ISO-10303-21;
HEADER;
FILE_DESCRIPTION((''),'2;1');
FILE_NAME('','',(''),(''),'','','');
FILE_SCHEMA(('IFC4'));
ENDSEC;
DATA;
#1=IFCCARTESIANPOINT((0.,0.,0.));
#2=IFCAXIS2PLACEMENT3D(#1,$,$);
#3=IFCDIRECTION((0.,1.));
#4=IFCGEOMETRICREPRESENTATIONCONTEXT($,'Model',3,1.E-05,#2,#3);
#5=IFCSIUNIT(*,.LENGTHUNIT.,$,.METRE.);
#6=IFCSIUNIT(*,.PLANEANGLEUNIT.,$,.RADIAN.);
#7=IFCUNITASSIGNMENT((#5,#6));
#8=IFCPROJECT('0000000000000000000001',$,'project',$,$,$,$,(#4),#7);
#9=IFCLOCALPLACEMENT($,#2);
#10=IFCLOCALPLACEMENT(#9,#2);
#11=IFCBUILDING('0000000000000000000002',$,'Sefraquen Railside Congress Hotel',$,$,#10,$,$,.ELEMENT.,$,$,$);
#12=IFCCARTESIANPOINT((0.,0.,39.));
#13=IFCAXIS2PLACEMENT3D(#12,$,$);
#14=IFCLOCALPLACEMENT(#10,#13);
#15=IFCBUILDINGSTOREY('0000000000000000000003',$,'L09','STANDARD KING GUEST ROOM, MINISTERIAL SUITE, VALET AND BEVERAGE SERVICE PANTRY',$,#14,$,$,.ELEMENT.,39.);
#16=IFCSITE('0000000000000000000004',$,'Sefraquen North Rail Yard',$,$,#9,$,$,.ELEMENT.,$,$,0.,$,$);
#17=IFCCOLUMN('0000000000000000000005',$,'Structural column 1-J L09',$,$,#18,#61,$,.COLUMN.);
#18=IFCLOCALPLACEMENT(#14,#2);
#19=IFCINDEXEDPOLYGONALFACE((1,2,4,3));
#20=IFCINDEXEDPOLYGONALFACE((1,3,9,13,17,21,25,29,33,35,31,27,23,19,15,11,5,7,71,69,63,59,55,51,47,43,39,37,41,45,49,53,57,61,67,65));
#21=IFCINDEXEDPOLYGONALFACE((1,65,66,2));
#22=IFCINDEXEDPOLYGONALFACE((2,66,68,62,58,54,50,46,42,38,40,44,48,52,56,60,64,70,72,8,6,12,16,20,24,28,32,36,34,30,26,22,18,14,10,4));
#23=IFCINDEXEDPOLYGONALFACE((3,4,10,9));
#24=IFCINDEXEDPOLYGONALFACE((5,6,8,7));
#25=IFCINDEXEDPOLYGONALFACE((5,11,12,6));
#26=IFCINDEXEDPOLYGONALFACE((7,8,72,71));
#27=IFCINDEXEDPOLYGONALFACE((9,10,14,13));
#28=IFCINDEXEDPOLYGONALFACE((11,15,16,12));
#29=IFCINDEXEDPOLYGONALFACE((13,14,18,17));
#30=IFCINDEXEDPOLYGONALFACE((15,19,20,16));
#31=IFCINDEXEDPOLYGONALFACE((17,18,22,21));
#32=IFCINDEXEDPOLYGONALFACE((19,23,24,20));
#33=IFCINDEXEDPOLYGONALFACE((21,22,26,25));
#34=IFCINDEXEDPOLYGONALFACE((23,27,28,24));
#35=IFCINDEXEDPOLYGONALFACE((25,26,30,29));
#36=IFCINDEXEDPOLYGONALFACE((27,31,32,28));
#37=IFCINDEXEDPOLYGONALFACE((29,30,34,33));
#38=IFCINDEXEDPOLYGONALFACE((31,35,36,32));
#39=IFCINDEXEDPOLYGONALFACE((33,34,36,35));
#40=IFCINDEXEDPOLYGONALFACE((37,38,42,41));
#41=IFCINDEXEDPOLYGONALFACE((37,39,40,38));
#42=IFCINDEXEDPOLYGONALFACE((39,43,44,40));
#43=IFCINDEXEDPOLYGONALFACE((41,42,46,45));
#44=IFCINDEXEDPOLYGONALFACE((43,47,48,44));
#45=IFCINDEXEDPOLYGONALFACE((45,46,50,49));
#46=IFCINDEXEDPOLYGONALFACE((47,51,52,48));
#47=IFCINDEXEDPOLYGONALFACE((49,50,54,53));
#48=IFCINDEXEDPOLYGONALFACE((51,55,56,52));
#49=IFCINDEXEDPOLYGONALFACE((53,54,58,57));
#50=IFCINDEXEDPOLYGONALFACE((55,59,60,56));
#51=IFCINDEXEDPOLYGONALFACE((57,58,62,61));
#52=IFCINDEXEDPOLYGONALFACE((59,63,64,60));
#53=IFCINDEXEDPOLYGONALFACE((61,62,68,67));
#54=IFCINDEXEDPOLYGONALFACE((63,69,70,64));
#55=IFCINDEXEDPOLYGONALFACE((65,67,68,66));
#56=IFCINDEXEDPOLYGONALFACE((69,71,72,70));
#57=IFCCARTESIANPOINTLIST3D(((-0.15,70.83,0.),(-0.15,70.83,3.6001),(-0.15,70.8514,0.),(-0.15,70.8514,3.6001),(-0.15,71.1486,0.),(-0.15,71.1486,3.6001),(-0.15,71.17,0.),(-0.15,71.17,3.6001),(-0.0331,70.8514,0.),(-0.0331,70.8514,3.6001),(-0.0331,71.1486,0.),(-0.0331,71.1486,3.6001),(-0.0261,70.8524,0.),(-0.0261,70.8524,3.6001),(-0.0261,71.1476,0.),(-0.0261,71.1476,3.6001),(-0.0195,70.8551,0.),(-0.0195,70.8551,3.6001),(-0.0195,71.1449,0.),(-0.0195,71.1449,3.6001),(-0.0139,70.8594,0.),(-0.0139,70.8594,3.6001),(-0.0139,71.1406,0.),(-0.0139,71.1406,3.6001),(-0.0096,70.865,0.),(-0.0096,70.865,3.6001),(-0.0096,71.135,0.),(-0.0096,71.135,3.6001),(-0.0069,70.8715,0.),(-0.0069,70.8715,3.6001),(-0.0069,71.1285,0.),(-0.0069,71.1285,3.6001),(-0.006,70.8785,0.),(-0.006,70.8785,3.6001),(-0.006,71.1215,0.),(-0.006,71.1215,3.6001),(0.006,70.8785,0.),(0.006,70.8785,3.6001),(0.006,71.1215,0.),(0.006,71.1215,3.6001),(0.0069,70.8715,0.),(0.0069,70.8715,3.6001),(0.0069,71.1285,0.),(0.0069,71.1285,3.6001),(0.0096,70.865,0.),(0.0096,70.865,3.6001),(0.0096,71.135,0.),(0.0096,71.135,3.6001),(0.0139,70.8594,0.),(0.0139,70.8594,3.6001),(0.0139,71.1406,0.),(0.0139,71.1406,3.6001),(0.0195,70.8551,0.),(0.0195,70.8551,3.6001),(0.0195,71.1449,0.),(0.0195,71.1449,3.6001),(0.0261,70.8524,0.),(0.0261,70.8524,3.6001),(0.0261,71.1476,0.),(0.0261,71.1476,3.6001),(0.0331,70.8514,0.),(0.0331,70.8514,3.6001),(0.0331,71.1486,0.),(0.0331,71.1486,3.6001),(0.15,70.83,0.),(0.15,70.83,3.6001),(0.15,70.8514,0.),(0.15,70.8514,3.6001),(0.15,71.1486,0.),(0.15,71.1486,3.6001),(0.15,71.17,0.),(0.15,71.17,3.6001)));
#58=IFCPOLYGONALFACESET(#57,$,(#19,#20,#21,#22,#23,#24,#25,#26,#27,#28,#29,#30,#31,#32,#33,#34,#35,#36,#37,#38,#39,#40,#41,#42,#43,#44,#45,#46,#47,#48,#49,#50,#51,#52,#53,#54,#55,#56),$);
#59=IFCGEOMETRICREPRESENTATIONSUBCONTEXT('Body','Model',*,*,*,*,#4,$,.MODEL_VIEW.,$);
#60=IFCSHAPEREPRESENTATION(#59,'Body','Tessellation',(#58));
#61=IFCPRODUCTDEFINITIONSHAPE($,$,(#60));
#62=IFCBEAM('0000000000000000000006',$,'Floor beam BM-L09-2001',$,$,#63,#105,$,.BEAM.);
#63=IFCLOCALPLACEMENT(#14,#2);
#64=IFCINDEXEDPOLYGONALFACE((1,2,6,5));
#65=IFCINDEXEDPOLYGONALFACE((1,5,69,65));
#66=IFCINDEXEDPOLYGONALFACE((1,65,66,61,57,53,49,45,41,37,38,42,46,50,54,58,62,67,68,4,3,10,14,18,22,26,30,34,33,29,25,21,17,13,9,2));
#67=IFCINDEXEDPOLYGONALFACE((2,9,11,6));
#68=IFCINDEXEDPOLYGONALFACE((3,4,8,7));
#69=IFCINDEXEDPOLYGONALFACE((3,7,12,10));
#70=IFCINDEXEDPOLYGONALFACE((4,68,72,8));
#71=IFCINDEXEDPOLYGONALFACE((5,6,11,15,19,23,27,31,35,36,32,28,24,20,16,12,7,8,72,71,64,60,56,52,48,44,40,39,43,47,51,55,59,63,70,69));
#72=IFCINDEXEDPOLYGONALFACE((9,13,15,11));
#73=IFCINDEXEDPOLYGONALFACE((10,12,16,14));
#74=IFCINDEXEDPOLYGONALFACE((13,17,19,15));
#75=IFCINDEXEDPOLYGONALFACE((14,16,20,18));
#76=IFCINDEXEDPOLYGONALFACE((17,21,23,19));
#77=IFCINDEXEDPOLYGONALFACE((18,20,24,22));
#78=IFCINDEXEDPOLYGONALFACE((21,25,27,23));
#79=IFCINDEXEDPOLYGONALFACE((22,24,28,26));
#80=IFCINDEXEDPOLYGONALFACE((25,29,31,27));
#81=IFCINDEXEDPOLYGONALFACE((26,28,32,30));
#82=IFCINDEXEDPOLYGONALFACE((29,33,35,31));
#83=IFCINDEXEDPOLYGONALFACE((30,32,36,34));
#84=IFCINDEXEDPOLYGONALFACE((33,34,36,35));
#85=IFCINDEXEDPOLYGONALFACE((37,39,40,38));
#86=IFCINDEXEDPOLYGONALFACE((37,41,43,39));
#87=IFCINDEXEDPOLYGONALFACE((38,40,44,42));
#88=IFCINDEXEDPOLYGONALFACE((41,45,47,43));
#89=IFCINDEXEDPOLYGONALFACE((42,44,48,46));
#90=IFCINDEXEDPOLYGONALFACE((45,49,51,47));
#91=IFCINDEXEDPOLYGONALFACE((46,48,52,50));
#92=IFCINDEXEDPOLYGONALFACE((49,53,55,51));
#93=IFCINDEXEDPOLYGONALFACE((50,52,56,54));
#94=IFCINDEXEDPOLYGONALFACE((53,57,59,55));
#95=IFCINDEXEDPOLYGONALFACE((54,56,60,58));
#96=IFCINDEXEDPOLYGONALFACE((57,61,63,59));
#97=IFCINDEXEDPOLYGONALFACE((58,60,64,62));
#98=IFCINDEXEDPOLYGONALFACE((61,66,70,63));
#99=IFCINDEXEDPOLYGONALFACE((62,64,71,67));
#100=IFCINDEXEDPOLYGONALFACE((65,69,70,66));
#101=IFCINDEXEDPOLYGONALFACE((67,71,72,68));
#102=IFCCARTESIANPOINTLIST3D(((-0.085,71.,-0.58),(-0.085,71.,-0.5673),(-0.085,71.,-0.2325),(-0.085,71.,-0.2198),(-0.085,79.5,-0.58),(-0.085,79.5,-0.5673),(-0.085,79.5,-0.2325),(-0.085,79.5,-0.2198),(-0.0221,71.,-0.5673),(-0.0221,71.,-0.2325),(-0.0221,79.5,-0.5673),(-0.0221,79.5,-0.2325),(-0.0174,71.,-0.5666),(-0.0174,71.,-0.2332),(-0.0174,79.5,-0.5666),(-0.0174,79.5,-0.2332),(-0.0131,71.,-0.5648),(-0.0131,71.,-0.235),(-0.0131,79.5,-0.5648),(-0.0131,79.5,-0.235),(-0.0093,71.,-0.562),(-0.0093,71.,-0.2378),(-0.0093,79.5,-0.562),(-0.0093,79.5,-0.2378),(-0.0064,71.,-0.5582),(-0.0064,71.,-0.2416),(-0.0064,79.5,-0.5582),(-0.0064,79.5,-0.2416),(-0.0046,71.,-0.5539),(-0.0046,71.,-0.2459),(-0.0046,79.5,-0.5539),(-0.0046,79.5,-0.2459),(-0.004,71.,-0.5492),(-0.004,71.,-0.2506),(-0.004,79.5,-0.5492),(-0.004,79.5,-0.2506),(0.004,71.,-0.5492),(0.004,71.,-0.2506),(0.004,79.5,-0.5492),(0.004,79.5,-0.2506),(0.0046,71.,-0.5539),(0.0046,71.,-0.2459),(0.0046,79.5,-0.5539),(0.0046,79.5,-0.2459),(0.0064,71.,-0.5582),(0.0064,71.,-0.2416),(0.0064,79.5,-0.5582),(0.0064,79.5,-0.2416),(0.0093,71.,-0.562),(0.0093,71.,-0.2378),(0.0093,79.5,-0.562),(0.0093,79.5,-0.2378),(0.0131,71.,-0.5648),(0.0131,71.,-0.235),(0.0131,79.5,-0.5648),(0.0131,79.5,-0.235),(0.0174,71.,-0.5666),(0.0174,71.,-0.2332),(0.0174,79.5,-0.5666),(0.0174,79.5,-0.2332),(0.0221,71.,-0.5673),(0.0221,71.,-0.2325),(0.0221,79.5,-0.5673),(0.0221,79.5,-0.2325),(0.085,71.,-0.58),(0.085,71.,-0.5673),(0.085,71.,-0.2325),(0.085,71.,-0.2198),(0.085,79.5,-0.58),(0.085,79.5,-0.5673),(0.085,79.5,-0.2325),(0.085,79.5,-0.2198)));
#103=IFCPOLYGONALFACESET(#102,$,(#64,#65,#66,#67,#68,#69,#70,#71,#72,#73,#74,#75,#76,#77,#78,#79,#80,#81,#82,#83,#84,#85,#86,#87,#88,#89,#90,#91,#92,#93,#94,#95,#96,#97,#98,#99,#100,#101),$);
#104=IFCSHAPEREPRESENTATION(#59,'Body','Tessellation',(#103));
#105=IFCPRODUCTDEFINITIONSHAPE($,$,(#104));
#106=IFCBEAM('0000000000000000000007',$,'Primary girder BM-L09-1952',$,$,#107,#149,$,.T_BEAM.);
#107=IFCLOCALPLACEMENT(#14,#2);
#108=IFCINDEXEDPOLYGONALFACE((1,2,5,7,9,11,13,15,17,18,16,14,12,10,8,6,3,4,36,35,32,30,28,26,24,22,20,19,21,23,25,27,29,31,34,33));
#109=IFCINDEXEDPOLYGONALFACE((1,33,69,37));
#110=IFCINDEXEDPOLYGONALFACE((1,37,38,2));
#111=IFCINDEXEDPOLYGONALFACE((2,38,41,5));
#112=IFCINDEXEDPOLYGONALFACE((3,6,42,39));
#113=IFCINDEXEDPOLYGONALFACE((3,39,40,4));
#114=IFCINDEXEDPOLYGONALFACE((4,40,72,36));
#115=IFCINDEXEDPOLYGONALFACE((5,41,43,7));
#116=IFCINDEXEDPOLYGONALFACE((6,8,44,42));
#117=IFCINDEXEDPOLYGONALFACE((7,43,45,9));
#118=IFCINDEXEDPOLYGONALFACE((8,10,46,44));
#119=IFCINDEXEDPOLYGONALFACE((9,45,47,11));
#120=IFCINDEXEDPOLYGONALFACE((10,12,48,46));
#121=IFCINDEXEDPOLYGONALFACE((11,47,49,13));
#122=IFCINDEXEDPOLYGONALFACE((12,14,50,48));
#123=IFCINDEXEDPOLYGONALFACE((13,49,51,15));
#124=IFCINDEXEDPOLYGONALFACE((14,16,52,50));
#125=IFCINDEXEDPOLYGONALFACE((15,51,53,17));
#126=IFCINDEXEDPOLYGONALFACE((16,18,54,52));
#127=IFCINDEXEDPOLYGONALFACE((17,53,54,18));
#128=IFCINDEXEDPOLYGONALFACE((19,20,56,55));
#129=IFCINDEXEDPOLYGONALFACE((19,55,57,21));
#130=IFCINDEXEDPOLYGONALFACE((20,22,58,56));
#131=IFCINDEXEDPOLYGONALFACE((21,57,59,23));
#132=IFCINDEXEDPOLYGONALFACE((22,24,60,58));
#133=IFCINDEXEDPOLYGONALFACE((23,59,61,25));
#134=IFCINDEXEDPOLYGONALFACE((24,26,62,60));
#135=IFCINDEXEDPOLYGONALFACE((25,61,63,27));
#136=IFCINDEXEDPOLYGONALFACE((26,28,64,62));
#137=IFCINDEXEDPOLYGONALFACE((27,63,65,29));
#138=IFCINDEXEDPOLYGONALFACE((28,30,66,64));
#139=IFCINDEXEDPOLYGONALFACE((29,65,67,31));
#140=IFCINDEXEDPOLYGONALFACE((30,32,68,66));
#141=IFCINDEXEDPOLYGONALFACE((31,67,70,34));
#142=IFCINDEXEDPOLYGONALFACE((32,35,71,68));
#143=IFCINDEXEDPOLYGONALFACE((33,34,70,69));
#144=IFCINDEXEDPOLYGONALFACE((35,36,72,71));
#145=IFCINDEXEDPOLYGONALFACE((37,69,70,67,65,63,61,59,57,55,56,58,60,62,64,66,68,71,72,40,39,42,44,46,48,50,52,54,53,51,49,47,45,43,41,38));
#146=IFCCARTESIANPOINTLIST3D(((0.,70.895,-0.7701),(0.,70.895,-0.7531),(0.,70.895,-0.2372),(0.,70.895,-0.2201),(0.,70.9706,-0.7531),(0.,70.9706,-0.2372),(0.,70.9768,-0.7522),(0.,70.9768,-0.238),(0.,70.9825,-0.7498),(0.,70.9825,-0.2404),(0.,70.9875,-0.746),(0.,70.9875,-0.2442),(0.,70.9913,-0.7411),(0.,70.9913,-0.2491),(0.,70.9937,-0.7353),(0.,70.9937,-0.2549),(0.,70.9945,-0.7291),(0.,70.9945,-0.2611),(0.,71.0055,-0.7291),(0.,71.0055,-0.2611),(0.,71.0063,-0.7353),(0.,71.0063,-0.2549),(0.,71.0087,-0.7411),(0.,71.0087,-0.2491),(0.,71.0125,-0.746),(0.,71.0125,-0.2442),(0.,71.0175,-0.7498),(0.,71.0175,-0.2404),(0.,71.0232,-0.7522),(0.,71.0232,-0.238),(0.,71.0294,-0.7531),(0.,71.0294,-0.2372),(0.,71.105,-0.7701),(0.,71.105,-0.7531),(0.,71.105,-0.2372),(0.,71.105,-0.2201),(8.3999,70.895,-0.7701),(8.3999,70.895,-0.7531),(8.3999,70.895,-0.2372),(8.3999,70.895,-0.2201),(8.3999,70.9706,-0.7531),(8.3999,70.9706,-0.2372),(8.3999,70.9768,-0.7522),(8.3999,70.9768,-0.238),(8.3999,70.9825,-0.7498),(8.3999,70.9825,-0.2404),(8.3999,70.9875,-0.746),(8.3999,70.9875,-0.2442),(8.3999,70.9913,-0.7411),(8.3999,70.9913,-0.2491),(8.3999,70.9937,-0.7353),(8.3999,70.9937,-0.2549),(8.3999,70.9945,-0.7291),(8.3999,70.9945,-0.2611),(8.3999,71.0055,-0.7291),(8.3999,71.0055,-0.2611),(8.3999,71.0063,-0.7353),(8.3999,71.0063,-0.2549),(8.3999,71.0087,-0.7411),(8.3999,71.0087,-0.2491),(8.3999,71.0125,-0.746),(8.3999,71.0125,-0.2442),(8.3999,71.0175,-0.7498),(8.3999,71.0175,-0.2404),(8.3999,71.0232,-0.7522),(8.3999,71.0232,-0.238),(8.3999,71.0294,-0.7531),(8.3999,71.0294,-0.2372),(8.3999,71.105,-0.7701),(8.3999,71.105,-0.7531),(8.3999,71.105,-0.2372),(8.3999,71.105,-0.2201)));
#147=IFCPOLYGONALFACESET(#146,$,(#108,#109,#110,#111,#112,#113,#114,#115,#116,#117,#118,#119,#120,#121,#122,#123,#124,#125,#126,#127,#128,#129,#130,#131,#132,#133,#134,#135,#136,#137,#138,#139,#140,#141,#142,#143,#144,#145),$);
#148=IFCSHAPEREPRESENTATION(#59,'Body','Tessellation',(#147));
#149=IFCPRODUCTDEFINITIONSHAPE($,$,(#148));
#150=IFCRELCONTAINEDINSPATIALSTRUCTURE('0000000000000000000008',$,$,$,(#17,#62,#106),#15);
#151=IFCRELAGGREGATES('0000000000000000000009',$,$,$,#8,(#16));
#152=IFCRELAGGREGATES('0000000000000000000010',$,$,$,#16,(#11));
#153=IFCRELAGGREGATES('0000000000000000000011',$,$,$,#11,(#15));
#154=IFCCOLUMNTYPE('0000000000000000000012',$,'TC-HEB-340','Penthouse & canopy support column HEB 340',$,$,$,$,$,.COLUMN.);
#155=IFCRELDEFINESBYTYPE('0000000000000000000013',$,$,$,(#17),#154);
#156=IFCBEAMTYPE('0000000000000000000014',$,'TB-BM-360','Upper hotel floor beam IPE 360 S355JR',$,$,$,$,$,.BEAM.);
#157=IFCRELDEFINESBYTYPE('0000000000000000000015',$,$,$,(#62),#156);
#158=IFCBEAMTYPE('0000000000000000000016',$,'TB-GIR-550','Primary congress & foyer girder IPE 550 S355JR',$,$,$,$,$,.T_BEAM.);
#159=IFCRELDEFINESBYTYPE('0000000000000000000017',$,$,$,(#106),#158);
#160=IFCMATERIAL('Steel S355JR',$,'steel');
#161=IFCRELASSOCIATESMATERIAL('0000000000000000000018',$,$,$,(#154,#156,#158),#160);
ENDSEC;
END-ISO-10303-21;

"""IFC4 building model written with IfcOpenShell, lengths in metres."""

from ifc_helpers import new_model, si_unit, direction, frame, origin, origin_2d, place, context, subcontext, project, spatial, i_section, extrude, material, material_profile, profile_set, type_object, element, save


model = new_model("IFC4")

# Units and contexts
model_context = context("Model", 3, precision=1e-05, world=origin(), true_north=direction((0.0, 1.0)))
body_context = subcontext(model_context, "Body", "Model", "MODEL_VIEW")
ifc_project = project(units=[si_unit("LENGTHUNIT", "METRE"), si_unit("PLANEANGLEUNIT", "RADIAN")], contexts=[model_context])

# Site, building, storey
site_placement = place(None, origin())
site = spatial("IfcSite", under=ifc_project, at=site_placement, Name="Sefraquen North Rail Yard", CompositionType="ELEMENT", RefElevation=0.0)
building_placement = place(site_placement, origin())
building = spatial("IfcBuilding", under=site, at=building_placement, Name="Sefraquen Railside Congress Hotel", CompositionType="ELEMENT")
storey_placement = place(building_placement, frame((0.0, 0.0, 39.0)))
storey = spatial("IfcBuildingStorey", under=building, at=storey_placement, Name="L09", Description="STANDARD KING GUEST ROOM, MINISTERIAL SUITE, VALET AND BEVERAGE SERVICE PANTRY", CompositionType="ELEMENT", Elevation=39.0)

# Column
ifc_material_1 = material(Name="Steel S355JR", Category="steel")
ifc_material_profile_1 = material_profile(ifc_material_1, i_section(OverallWidth=0.3, OverallDepth=0.3401, WebThickness=0.012, FlangeThickness=0.0215, FilletRadius=0.0271, at=origin_2d()), Name="HEB 340")
ifc_profile_set_1 = profile_set([ifc_material_profile_1], Name="Steel S355JR")
column_type = type_object("IfcColumnType", Name="TC-HEB-340", Description="Penthouse & canopy support column HEB 340", PredefinedType="COLUMN", material=ifc_profile_set_1)
column_placement = place(storey_placement, frame((0.0, 71.0, 0.0), z_axis=(0.0, 0.0, 1.0), x_axis=(1.0, 0.0, 0.0)))
element("IfcColumn", 1, at=column_placement, inside=storey, type_object=column_type, Name="Structural column 1-J L09", PredefinedType="COLUMN", context=body_context, shape_type="SweptSolid", body=[
    extrude(i_section(OverallWidth=0.3, OverallDepth=0.3401, WebThickness=0.012, FlangeThickness=0.0215, FilletRadius=0.0271, at=origin_2d()), origin(), (0.0, 0.0, 1.0), 3.6001),
])

# Beams
ifc_material_profile_2 = material_profile(ifc_material_1, i_section(OverallWidth=0.1699, OverallDepth=0.3601, WebThickness=0.0081, FlangeThickness=0.0127, FilletRadius=0.0181, at=origin_2d()), Name="IPE 360")
ifc_profile_set_2 = profile_set([ifc_material_profile_2], Name="Steel S355JR")
beam_type_1 = type_object("IfcBeamType", Name="TB-BM-360", Description="Upper hotel floor beam IPE 360 S355JR", PredefinedType="BEAM", material=ifc_profile_set_2)
beam_1_placement = place(storey_placement, frame((0.0, 71.0, -0.3999), z_axis=(0.0, 1.0, 0.0), x_axis=(-1.0, 0.0, 0.0)))
element("IfcBeam", 2, at=beam_1_placement, inside=storey, type_object=beam_type_1, Name="Floor beam BM-L09-2001", PredefinedType="BEAM", context=body_context, shape_type="SweptSolid", body=[
    extrude(i_section(OverallWidth=0.1699, OverallDepth=0.3601, WebThickness=0.0081, FlangeThickness=0.0127, FilletRadius=0.0181, at=origin_2d()), origin(), (0.0, 0.0, 1.0), 8.5),
])
ifc_material_profile_3 = material_profile(ifc_material_1, i_section(OverallWidth=0.21, OverallDepth=0.55, WebThickness=0.011, FlangeThickness=0.0171, FilletRadius=0.0239, at=origin_2d()), Name="IPE 550")
ifc_profile_set_3 = profile_set([ifc_material_profile_3], Name="Steel S355JR")
beam_type_2 = type_object("IfcBeamType", Name="TB-GIR-550", Description="Primary congress & foyer girder IPE 550 S355JR", PredefinedType="T_BEAM", material=ifc_profile_set_3)
beam_2_placement = place(storey_placement, frame((0.0, 71.0, -0.4951), z_axis=(1.0, 0.0, 0.0), x_axis=(0.0, 1.0, 0.0)))
element("IfcBeam", 3, at=beam_2_placement, inside=storey, type_object=beam_type_2, Name="Primary girder BM-L09-1952", PredefinedType="T_BEAM", context=body_context, shape_type="SweptSolid", body=[
    extrude(i_section(OverallWidth=0.21, OverallDepth=0.55, WebThickness=0.011, FlangeThickness=0.0171, FilletRadius=0.0239, at=origin_2d()), origin(), (0.0, 0.0, 1.0), 8.3999),
])

save(model, "model.ifc")
